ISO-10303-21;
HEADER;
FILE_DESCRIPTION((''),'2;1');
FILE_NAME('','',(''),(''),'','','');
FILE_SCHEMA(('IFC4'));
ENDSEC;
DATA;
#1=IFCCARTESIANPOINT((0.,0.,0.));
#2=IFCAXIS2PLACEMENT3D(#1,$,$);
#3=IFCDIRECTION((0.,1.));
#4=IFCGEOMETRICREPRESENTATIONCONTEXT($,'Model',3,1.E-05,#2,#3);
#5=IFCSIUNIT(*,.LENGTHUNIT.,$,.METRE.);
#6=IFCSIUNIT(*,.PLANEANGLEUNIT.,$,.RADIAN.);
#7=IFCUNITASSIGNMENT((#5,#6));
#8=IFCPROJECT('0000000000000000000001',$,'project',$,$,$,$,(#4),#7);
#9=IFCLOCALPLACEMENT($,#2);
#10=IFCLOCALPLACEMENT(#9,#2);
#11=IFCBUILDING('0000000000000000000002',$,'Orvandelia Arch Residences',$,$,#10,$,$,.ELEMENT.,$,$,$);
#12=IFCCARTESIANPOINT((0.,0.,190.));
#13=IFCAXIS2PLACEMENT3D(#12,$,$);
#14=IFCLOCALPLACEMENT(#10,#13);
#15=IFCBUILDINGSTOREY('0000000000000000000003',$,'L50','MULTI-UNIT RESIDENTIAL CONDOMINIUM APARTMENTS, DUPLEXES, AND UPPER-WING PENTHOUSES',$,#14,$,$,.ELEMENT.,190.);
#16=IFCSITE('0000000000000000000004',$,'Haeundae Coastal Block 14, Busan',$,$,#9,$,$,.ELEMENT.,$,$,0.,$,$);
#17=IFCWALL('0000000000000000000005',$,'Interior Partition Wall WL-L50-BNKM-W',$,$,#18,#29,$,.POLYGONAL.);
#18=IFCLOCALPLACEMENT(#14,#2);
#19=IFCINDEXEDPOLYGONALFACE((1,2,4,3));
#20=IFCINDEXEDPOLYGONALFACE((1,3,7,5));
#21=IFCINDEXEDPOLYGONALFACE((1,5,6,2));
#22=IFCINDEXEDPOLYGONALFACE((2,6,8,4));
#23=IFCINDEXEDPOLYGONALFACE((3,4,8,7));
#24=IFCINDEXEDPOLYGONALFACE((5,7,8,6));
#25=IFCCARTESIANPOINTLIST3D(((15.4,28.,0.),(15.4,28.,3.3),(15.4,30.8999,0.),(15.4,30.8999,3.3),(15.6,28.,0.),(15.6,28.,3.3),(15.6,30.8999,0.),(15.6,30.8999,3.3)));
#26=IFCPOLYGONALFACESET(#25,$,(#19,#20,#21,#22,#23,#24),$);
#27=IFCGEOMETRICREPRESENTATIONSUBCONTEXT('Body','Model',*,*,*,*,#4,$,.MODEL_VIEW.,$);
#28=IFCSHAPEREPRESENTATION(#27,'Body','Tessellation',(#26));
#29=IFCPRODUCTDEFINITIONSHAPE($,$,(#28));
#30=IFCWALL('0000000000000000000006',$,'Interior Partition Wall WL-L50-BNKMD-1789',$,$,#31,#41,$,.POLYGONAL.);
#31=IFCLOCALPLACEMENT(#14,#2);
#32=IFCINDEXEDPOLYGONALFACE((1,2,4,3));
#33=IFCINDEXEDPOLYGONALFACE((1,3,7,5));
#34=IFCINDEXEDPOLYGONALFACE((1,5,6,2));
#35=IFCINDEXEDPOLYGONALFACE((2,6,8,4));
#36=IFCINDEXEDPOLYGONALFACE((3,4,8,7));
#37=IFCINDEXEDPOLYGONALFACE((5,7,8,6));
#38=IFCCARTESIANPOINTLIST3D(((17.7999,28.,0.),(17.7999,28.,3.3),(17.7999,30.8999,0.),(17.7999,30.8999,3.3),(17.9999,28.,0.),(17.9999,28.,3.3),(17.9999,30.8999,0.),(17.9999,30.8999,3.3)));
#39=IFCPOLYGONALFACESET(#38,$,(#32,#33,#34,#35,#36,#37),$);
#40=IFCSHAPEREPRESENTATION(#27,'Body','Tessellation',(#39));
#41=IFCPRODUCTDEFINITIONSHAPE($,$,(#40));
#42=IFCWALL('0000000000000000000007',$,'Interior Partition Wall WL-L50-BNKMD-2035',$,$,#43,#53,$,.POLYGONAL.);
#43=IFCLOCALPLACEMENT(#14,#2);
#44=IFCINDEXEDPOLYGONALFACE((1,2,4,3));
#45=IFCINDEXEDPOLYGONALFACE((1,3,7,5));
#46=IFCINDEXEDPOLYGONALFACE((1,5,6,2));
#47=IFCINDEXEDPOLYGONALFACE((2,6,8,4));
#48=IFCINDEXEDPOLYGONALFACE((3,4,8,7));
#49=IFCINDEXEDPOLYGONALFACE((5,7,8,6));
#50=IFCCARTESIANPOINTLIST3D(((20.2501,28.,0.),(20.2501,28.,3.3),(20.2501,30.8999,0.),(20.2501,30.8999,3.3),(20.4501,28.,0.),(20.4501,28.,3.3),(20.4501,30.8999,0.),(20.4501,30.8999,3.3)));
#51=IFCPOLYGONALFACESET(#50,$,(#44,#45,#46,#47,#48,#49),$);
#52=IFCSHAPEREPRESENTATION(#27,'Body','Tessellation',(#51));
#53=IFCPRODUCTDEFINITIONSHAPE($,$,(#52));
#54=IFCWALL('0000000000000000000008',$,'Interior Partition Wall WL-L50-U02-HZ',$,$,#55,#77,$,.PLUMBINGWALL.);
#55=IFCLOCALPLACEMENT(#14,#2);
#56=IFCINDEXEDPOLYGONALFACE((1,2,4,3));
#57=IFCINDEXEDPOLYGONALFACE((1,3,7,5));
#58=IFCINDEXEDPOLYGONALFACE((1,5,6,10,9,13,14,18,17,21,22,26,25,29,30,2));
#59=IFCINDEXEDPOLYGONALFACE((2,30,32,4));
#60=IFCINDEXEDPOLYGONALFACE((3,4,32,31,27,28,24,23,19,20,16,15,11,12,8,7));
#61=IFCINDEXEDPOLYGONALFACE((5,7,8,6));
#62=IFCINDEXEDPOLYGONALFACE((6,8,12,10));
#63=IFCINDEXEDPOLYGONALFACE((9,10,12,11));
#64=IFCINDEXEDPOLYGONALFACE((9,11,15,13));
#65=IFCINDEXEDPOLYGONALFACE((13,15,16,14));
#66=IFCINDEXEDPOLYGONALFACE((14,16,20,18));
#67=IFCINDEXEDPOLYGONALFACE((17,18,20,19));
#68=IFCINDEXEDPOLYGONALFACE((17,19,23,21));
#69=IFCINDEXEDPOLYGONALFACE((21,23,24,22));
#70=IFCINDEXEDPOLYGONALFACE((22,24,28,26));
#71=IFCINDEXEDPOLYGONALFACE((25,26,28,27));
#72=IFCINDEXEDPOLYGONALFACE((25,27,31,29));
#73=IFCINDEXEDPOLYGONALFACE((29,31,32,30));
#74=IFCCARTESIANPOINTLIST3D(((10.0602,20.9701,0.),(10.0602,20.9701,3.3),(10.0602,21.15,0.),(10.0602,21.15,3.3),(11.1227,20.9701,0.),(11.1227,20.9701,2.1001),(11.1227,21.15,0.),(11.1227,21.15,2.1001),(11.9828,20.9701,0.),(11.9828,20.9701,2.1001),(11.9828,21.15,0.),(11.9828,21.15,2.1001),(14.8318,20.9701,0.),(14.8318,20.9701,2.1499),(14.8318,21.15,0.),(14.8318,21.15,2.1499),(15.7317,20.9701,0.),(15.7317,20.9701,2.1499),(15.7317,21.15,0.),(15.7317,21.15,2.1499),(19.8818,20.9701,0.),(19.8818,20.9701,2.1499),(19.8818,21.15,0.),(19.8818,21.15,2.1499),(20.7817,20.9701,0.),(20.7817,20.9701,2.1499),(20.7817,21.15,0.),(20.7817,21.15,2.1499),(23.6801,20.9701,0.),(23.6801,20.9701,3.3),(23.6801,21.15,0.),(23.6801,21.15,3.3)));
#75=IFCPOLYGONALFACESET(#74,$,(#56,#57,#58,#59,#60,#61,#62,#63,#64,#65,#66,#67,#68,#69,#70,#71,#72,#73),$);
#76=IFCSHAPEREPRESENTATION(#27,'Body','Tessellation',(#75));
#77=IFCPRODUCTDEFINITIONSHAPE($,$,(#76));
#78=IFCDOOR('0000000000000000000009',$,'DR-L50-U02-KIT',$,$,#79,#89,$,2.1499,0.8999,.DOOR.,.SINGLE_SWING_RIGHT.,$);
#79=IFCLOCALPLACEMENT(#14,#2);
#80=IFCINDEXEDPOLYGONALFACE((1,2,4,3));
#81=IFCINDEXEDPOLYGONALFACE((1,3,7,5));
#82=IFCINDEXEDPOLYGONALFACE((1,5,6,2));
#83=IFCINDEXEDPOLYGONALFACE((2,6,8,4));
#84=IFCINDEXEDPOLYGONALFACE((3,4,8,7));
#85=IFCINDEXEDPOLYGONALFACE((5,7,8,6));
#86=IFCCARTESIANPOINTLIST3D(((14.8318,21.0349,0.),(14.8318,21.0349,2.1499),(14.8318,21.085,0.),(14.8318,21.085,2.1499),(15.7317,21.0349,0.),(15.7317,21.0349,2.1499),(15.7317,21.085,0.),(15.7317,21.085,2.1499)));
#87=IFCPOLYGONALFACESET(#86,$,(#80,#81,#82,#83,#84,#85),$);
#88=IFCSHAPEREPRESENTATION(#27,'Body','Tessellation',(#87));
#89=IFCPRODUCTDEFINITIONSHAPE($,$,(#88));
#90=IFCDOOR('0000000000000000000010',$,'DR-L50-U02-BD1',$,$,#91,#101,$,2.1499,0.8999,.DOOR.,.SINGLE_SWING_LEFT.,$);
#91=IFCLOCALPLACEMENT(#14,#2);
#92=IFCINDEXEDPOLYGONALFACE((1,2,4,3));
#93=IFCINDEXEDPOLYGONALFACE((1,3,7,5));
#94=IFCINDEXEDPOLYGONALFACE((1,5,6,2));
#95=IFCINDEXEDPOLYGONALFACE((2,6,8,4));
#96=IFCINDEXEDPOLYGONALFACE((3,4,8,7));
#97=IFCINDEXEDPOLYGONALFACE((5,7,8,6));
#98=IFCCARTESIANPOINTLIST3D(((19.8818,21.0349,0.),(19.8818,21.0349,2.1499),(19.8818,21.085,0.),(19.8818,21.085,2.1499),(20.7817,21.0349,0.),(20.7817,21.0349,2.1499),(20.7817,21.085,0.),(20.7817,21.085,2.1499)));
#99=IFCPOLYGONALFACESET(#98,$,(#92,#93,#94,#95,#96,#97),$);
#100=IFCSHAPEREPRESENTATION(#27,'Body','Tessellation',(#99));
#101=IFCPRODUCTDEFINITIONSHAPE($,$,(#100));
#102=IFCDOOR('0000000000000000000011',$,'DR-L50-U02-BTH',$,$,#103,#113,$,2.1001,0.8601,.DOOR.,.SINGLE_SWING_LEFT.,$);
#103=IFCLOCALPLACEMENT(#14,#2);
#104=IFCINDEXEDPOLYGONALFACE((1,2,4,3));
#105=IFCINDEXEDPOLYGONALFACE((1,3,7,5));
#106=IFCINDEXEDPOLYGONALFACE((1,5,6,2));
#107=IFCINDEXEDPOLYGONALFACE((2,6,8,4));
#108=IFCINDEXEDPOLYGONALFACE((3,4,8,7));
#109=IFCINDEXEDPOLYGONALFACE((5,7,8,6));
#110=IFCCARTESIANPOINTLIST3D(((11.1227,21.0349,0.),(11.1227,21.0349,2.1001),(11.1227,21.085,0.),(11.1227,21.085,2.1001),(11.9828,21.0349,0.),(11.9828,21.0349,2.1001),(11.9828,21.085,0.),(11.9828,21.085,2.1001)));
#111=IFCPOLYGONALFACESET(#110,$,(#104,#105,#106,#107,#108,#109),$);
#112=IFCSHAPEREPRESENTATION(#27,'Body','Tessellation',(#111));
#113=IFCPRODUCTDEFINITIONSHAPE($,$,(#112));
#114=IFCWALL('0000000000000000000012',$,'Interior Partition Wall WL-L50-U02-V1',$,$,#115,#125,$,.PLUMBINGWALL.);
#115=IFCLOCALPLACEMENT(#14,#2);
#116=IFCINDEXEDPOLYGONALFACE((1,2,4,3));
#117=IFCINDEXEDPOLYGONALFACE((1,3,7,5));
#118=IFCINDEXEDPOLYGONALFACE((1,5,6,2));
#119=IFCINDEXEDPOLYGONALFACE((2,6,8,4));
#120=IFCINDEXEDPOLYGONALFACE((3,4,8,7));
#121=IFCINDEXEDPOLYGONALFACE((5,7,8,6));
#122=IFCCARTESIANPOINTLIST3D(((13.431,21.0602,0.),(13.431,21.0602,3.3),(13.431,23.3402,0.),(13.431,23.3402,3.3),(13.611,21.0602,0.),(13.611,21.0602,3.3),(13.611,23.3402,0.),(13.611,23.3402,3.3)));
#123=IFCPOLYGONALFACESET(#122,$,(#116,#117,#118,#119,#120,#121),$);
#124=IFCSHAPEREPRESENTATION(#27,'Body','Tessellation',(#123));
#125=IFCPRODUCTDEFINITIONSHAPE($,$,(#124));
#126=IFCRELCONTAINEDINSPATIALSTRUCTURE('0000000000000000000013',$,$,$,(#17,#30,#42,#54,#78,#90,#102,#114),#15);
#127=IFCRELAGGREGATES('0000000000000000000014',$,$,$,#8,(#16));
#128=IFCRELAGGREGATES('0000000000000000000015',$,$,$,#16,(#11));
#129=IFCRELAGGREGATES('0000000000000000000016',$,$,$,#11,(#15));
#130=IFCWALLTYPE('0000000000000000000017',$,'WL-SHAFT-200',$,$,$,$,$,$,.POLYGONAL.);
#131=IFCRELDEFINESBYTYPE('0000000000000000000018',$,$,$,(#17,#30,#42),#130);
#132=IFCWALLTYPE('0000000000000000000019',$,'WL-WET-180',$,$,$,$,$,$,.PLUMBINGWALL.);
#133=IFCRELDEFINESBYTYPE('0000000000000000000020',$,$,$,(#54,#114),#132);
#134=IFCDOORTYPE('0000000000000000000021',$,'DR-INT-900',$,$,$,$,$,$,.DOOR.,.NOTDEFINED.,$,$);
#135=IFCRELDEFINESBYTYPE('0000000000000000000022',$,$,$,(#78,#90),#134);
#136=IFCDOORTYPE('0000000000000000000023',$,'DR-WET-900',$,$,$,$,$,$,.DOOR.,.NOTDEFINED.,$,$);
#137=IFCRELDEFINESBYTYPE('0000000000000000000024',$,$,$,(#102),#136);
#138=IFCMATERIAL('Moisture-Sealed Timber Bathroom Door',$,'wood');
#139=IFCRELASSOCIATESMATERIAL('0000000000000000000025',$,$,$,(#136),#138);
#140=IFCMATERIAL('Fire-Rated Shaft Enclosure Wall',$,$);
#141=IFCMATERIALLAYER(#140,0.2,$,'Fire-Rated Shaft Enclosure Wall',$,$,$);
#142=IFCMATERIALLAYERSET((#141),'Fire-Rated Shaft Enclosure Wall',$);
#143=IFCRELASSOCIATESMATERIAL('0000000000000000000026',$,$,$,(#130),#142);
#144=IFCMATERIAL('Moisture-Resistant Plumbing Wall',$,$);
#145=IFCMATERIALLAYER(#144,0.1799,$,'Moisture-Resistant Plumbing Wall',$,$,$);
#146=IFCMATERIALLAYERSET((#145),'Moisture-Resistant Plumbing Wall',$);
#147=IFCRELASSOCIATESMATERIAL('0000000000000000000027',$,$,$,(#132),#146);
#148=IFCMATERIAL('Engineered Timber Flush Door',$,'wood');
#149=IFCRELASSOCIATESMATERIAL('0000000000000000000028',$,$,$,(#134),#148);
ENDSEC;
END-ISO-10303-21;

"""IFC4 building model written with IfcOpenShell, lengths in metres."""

from ifc_helpers import new_model, si_unit, direction, frame, frame_2d, origin, place, context, subcontext, project, spatial, rectangle, extrude, material, layer, layer_set, type_object, element, fill, save


model = new_model("IFC4")

# Units and contexts
model_context = context("Model", 3, precision=1e-05, world=origin(), true_north=direction((0.0, 1.0)))
body_context = subcontext(model_context, "Body", "Model", "MODEL_VIEW")
ifc_project = project(units=[si_unit("LENGTHUNIT", "METRE"), si_unit("PLANEANGLEUNIT", "RADIAN")], contexts=[model_context])

# Site, building, storey
site_placement = place(None, origin())
site = spatial("IfcSite", under=ifc_project, at=site_placement, Name="Haeundae Coastal Block 14, Busan", CompositionType="ELEMENT", RefElevation=0.0)
building_placement = place(site_placement, origin())
building = spatial("IfcBuilding", under=site, at=building_placement, Name="Orvandelia Arch Residences", CompositionType="ELEMENT")
storey_placement = place(building_placement, frame((0.0, 0.0, 190.0)))
storey = spatial("IfcBuildingStorey", under=building, at=storey_placement, Name="L50", Description="MULTI-UNIT RESIDENTIAL CONDOMINIUM APARTMENTS, DUPLEXES, AND UPPER-WING PENTHOUSES", CompositionType="ELEMENT", Elevation=190.0)

# Shared definitions
ifc_material_1 = material(Name="Moisture-Sealed Timber Bathroom Door", Category="wood")
door_type_1 = type_object("IfcDoorType", Name="DR-WET-900", OperationType="NOTDEFINED", PredefinedType="DOOR", material=ifc_material_1)
ifc_material_2 = material(Name="Fire-Rated Shaft Enclosure Wall")
ifc_layer_1 = layer(ifc_material_2, 0.2, Name="Fire-Rated Shaft Enclosure Wall")
ifc_layer_set_1 = layer_set([ifc_layer_1], Name="Fire-Rated Shaft Enclosure Wall")
wall_type_1 = type_object("IfcWallType", Name="WL-SHAFT-200", PredefinedType="POLYGONAL", material=ifc_layer_set_1)

# Walls
for number, where, z_axis, x_axis, name in (
    (1, (15.5, 28.0, 0.0), (0.0, 0.0, 1.0), (0.0, 1.0, 0.0), "Interior Partition Wall WL-L50-BNKM-W"),
    (2, (17.8999, 28.0, 0.0), (0.0, 0.0, 1.0), (0.0, 1.0, 0.0), "Interior Partition Wall WL-L50-BNKMD-1789"),
    (3, (20.3501, 28.0, 0.0), (0.0, 0.0, 1.0), (0.0, 1.0, 0.0), "Interior Partition Wall WL-L50-BNKMD-2035"),
):
    element("IfcWall", number, at=place(storey_placement, frame(where, z_axis=z_axis, x_axis=x_axis)), inside=storey, type_object=wall_type_1, Name=name, PredefinedType="POLYGONAL", context=body_context, shape_type="SweptSolid", body=[
        extrude(rectangle(XDim=2.8999, YDim=0.2, at=frame_2d((1.45, 0.0))), origin(), (0.0, 0.0, 1.0), 3.3),
    ])

# Wall, openings, doors
ifc_material_3 = material(Name="Moisture-Resistant Plumbing Wall")
ifc_layer_2 = layer(ifc_material_3, 0.1799, Name="Moisture-Resistant Plumbing Wall")
ifc_layer_set_2 = layer_set([ifc_layer_2], Name="Moisture-Resistant Plumbing Wall")
wall_type_2 = type_object("IfcWallType", Name="WL-WET-180", PredefinedType="PLUMBINGWALL", material=ifc_layer_set_2)
wall_1_placement = place(storey_placement, frame((10.0601, 21.0601, 0.0), z_axis=(0.0, 0.0, 1.0), x_axis=(1.0, 0.0, 0.0)))
wall_1 = element("IfcWall", 4, at=wall_1_placement, inside=storey, type_object=wall_type_2, Name="Interior Partition Wall WL-L50-U02-HZ", PredefinedType="PLUMBINGWALL", context=body_context, shape_type="SweptSolid", body=[
    extrude(rectangle(XDim=13.6199, YDim=0.1799, at=frame_2d((6.8101, 0.0))), origin(), (0.0, 0.0, 1.0), 3.3),
])
opening_1_placement = place(wall_1_placement, frame((1.0625, 0.0, 0.0)))
opening_1 = element("IfcOpeningElement", 5, at=opening_1_placement, cuts=wall_1, PredefinedType="OPENING", context=body_context, shape_type="SweptSolid", body=[
    extrude(rectangle(XDim=0.8601, YDim=2.1001, at=frame_2d((0.4302, 1.05))), frame((0.0, 0.1001, 0.0), z_axis=(0.0, -1.0, 0.0), x_axis=(1.0, 0.0, 0.0)), (0.0, 0.0, 1.0), 0.2),
])
opening_2_placement = place(wall_1_placement, frame((4.7717, 0.0, 0.0)))
opening_2 = element("IfcOpeningElement", 6, at=opening_2_placement, cuts=wall_1, PredefinedType="OPENING", context=body_context, shape_type="SweptSolid", body=[
    extrude(rectangle(XDim=0.8999, YDim=2.1499, at=frame_2d((0.45, 1.075))), frame((0.0, 0.1001, 0.0), z_axis=(0.0, -1.0, 0.0), x_axis=(1.0, 0.0, 0.0)), (0.0, 0.0, 1.0), 0.2),
])
opening_3_placement = place(wall_1_placement, frame((9.8218, 0.0, 0.0)))
opening_3 = element("IfcOpeningElement", 7, at=opening_3_placement, cuts=wall_1, PredefinedType="OPENING", context=body_context, shape_type="SweptSolid", body=[
    extrude(rectangle(XDim=0.8999, YDim=2.1499, at=frame_2d((0.45, 1.075))), frame((0.0, 0.1001, 0.0), z_axis=(0.0, -1.0, 0.0), x_axis=(1.0, 0.0, 0.0)), (0.0, 0.0, 1.0), 0.2),
])
ifc_material_4 = material(Name="Engineered Timber Flush Door", Category="wood")
door_type_2 = type_object("IfcDoorType", Name="DR-INT-900", OperationType="NOTDEFINED", PredefinedType="DOOR", material=ifc_material_4)
door_1_placement = place(opening_2_placement, origin())
door_1 = element("IfcDoor", 8, at=door_1_placement, inside=storey, type_object=door_type_2, Name="DR-L50-U02-KIT", OperationType="SINGLE_SWING_RIGHT", OverallHeight=2.1499, OverallWidth=0.8999, PredefinedType="DOOR", context=body_context, shape_type="SweptSolid", body=[
    extrude(rectangle(XDim=0.8999, YDim=2.1499, at=frame_2d((0.45, 1.075))), frame((0.0, 0.0249, 0.0), z_axis=(0.0, -1.0, 0.0), x_axis=(1.0, 0.0, 0.0)), (0.0, 0.0, 1.0), 0.05),
])
fill(opening_2, door_1)
door_2_placement = place(opening_3_placement, origin())
door_2 = element("IfcDoor", 9, at=door_2_placement, inside=storey, type_object=door_type_2, Name="DR-L50-U02-BD1", OperationType="SINGLE_SWING_LEFT", OverallHeight=2.1499, OverallWidth=0.8999, PredefinedType="DOOR", context=body_context, shape_type="SweptSolid", body=[
    extrude(rectangle(XDim=0.8999, YDim=2.1499, at=frame_2d((0.45, 1.075))), frame((0.0, 0.0249, 0.0), z_axis=(0.0, -1.0, 0.0), x_axis=(1.0, 0.0, 0.0)), (0.0, 0.0, 1.0), 0.05),
])
fill(opening_3, door_2)
door_3_placement = place(opening_1_placement, origin())
door_3 = element("IfcDoor", 10, at=door_3_placement, inside=storey, type_object=door_type_1, Name="DR-L50-U02-BTH", OperationType="SINGLE_SWING_LEFT", OverallHeight=2.1001, OverallWidth=0.8601, PredefinedType="DOOR", context=body_context, shape_type="SweptSolid", body=[
    extrude(rectangle(XDim=0.8601, YDim=2.1001, at=frame_2d((0.4302, 1.05))), frame((0.0, 0.0249, 0.0), z_axis=(0.0, -1.0, 0.0), x_axis=(1.0, 0.0, 0.0)), (0.0, 0.0, 1.0), 0.05),
])
fill(opening_1, door_3)

# Wall
wall_2_placement = place(storey_placement, frame((13.521, 21.0601, 0.0), z_axis=(0.0, 0.0, 1.0), x_axis=(0.0, 1.0, 0.0)))
element("IfcWall", 11, at=wall_2_placement, inside=storey, type_object=wall_type_2, Name="Interior Partition Wall WL-L50-U02-V1", PredefinedType="PLUMBINGWALL", context=body_context, shape_type="SweptSolid", body=[
    extrude(rectangle(XDim=2.28, YDim=0.1799, at=frame_2d((1.1401, 0.0))), origin(), (0.0, 0.0, 1.0), 3.3),
])

save(model, "model.ifc")
